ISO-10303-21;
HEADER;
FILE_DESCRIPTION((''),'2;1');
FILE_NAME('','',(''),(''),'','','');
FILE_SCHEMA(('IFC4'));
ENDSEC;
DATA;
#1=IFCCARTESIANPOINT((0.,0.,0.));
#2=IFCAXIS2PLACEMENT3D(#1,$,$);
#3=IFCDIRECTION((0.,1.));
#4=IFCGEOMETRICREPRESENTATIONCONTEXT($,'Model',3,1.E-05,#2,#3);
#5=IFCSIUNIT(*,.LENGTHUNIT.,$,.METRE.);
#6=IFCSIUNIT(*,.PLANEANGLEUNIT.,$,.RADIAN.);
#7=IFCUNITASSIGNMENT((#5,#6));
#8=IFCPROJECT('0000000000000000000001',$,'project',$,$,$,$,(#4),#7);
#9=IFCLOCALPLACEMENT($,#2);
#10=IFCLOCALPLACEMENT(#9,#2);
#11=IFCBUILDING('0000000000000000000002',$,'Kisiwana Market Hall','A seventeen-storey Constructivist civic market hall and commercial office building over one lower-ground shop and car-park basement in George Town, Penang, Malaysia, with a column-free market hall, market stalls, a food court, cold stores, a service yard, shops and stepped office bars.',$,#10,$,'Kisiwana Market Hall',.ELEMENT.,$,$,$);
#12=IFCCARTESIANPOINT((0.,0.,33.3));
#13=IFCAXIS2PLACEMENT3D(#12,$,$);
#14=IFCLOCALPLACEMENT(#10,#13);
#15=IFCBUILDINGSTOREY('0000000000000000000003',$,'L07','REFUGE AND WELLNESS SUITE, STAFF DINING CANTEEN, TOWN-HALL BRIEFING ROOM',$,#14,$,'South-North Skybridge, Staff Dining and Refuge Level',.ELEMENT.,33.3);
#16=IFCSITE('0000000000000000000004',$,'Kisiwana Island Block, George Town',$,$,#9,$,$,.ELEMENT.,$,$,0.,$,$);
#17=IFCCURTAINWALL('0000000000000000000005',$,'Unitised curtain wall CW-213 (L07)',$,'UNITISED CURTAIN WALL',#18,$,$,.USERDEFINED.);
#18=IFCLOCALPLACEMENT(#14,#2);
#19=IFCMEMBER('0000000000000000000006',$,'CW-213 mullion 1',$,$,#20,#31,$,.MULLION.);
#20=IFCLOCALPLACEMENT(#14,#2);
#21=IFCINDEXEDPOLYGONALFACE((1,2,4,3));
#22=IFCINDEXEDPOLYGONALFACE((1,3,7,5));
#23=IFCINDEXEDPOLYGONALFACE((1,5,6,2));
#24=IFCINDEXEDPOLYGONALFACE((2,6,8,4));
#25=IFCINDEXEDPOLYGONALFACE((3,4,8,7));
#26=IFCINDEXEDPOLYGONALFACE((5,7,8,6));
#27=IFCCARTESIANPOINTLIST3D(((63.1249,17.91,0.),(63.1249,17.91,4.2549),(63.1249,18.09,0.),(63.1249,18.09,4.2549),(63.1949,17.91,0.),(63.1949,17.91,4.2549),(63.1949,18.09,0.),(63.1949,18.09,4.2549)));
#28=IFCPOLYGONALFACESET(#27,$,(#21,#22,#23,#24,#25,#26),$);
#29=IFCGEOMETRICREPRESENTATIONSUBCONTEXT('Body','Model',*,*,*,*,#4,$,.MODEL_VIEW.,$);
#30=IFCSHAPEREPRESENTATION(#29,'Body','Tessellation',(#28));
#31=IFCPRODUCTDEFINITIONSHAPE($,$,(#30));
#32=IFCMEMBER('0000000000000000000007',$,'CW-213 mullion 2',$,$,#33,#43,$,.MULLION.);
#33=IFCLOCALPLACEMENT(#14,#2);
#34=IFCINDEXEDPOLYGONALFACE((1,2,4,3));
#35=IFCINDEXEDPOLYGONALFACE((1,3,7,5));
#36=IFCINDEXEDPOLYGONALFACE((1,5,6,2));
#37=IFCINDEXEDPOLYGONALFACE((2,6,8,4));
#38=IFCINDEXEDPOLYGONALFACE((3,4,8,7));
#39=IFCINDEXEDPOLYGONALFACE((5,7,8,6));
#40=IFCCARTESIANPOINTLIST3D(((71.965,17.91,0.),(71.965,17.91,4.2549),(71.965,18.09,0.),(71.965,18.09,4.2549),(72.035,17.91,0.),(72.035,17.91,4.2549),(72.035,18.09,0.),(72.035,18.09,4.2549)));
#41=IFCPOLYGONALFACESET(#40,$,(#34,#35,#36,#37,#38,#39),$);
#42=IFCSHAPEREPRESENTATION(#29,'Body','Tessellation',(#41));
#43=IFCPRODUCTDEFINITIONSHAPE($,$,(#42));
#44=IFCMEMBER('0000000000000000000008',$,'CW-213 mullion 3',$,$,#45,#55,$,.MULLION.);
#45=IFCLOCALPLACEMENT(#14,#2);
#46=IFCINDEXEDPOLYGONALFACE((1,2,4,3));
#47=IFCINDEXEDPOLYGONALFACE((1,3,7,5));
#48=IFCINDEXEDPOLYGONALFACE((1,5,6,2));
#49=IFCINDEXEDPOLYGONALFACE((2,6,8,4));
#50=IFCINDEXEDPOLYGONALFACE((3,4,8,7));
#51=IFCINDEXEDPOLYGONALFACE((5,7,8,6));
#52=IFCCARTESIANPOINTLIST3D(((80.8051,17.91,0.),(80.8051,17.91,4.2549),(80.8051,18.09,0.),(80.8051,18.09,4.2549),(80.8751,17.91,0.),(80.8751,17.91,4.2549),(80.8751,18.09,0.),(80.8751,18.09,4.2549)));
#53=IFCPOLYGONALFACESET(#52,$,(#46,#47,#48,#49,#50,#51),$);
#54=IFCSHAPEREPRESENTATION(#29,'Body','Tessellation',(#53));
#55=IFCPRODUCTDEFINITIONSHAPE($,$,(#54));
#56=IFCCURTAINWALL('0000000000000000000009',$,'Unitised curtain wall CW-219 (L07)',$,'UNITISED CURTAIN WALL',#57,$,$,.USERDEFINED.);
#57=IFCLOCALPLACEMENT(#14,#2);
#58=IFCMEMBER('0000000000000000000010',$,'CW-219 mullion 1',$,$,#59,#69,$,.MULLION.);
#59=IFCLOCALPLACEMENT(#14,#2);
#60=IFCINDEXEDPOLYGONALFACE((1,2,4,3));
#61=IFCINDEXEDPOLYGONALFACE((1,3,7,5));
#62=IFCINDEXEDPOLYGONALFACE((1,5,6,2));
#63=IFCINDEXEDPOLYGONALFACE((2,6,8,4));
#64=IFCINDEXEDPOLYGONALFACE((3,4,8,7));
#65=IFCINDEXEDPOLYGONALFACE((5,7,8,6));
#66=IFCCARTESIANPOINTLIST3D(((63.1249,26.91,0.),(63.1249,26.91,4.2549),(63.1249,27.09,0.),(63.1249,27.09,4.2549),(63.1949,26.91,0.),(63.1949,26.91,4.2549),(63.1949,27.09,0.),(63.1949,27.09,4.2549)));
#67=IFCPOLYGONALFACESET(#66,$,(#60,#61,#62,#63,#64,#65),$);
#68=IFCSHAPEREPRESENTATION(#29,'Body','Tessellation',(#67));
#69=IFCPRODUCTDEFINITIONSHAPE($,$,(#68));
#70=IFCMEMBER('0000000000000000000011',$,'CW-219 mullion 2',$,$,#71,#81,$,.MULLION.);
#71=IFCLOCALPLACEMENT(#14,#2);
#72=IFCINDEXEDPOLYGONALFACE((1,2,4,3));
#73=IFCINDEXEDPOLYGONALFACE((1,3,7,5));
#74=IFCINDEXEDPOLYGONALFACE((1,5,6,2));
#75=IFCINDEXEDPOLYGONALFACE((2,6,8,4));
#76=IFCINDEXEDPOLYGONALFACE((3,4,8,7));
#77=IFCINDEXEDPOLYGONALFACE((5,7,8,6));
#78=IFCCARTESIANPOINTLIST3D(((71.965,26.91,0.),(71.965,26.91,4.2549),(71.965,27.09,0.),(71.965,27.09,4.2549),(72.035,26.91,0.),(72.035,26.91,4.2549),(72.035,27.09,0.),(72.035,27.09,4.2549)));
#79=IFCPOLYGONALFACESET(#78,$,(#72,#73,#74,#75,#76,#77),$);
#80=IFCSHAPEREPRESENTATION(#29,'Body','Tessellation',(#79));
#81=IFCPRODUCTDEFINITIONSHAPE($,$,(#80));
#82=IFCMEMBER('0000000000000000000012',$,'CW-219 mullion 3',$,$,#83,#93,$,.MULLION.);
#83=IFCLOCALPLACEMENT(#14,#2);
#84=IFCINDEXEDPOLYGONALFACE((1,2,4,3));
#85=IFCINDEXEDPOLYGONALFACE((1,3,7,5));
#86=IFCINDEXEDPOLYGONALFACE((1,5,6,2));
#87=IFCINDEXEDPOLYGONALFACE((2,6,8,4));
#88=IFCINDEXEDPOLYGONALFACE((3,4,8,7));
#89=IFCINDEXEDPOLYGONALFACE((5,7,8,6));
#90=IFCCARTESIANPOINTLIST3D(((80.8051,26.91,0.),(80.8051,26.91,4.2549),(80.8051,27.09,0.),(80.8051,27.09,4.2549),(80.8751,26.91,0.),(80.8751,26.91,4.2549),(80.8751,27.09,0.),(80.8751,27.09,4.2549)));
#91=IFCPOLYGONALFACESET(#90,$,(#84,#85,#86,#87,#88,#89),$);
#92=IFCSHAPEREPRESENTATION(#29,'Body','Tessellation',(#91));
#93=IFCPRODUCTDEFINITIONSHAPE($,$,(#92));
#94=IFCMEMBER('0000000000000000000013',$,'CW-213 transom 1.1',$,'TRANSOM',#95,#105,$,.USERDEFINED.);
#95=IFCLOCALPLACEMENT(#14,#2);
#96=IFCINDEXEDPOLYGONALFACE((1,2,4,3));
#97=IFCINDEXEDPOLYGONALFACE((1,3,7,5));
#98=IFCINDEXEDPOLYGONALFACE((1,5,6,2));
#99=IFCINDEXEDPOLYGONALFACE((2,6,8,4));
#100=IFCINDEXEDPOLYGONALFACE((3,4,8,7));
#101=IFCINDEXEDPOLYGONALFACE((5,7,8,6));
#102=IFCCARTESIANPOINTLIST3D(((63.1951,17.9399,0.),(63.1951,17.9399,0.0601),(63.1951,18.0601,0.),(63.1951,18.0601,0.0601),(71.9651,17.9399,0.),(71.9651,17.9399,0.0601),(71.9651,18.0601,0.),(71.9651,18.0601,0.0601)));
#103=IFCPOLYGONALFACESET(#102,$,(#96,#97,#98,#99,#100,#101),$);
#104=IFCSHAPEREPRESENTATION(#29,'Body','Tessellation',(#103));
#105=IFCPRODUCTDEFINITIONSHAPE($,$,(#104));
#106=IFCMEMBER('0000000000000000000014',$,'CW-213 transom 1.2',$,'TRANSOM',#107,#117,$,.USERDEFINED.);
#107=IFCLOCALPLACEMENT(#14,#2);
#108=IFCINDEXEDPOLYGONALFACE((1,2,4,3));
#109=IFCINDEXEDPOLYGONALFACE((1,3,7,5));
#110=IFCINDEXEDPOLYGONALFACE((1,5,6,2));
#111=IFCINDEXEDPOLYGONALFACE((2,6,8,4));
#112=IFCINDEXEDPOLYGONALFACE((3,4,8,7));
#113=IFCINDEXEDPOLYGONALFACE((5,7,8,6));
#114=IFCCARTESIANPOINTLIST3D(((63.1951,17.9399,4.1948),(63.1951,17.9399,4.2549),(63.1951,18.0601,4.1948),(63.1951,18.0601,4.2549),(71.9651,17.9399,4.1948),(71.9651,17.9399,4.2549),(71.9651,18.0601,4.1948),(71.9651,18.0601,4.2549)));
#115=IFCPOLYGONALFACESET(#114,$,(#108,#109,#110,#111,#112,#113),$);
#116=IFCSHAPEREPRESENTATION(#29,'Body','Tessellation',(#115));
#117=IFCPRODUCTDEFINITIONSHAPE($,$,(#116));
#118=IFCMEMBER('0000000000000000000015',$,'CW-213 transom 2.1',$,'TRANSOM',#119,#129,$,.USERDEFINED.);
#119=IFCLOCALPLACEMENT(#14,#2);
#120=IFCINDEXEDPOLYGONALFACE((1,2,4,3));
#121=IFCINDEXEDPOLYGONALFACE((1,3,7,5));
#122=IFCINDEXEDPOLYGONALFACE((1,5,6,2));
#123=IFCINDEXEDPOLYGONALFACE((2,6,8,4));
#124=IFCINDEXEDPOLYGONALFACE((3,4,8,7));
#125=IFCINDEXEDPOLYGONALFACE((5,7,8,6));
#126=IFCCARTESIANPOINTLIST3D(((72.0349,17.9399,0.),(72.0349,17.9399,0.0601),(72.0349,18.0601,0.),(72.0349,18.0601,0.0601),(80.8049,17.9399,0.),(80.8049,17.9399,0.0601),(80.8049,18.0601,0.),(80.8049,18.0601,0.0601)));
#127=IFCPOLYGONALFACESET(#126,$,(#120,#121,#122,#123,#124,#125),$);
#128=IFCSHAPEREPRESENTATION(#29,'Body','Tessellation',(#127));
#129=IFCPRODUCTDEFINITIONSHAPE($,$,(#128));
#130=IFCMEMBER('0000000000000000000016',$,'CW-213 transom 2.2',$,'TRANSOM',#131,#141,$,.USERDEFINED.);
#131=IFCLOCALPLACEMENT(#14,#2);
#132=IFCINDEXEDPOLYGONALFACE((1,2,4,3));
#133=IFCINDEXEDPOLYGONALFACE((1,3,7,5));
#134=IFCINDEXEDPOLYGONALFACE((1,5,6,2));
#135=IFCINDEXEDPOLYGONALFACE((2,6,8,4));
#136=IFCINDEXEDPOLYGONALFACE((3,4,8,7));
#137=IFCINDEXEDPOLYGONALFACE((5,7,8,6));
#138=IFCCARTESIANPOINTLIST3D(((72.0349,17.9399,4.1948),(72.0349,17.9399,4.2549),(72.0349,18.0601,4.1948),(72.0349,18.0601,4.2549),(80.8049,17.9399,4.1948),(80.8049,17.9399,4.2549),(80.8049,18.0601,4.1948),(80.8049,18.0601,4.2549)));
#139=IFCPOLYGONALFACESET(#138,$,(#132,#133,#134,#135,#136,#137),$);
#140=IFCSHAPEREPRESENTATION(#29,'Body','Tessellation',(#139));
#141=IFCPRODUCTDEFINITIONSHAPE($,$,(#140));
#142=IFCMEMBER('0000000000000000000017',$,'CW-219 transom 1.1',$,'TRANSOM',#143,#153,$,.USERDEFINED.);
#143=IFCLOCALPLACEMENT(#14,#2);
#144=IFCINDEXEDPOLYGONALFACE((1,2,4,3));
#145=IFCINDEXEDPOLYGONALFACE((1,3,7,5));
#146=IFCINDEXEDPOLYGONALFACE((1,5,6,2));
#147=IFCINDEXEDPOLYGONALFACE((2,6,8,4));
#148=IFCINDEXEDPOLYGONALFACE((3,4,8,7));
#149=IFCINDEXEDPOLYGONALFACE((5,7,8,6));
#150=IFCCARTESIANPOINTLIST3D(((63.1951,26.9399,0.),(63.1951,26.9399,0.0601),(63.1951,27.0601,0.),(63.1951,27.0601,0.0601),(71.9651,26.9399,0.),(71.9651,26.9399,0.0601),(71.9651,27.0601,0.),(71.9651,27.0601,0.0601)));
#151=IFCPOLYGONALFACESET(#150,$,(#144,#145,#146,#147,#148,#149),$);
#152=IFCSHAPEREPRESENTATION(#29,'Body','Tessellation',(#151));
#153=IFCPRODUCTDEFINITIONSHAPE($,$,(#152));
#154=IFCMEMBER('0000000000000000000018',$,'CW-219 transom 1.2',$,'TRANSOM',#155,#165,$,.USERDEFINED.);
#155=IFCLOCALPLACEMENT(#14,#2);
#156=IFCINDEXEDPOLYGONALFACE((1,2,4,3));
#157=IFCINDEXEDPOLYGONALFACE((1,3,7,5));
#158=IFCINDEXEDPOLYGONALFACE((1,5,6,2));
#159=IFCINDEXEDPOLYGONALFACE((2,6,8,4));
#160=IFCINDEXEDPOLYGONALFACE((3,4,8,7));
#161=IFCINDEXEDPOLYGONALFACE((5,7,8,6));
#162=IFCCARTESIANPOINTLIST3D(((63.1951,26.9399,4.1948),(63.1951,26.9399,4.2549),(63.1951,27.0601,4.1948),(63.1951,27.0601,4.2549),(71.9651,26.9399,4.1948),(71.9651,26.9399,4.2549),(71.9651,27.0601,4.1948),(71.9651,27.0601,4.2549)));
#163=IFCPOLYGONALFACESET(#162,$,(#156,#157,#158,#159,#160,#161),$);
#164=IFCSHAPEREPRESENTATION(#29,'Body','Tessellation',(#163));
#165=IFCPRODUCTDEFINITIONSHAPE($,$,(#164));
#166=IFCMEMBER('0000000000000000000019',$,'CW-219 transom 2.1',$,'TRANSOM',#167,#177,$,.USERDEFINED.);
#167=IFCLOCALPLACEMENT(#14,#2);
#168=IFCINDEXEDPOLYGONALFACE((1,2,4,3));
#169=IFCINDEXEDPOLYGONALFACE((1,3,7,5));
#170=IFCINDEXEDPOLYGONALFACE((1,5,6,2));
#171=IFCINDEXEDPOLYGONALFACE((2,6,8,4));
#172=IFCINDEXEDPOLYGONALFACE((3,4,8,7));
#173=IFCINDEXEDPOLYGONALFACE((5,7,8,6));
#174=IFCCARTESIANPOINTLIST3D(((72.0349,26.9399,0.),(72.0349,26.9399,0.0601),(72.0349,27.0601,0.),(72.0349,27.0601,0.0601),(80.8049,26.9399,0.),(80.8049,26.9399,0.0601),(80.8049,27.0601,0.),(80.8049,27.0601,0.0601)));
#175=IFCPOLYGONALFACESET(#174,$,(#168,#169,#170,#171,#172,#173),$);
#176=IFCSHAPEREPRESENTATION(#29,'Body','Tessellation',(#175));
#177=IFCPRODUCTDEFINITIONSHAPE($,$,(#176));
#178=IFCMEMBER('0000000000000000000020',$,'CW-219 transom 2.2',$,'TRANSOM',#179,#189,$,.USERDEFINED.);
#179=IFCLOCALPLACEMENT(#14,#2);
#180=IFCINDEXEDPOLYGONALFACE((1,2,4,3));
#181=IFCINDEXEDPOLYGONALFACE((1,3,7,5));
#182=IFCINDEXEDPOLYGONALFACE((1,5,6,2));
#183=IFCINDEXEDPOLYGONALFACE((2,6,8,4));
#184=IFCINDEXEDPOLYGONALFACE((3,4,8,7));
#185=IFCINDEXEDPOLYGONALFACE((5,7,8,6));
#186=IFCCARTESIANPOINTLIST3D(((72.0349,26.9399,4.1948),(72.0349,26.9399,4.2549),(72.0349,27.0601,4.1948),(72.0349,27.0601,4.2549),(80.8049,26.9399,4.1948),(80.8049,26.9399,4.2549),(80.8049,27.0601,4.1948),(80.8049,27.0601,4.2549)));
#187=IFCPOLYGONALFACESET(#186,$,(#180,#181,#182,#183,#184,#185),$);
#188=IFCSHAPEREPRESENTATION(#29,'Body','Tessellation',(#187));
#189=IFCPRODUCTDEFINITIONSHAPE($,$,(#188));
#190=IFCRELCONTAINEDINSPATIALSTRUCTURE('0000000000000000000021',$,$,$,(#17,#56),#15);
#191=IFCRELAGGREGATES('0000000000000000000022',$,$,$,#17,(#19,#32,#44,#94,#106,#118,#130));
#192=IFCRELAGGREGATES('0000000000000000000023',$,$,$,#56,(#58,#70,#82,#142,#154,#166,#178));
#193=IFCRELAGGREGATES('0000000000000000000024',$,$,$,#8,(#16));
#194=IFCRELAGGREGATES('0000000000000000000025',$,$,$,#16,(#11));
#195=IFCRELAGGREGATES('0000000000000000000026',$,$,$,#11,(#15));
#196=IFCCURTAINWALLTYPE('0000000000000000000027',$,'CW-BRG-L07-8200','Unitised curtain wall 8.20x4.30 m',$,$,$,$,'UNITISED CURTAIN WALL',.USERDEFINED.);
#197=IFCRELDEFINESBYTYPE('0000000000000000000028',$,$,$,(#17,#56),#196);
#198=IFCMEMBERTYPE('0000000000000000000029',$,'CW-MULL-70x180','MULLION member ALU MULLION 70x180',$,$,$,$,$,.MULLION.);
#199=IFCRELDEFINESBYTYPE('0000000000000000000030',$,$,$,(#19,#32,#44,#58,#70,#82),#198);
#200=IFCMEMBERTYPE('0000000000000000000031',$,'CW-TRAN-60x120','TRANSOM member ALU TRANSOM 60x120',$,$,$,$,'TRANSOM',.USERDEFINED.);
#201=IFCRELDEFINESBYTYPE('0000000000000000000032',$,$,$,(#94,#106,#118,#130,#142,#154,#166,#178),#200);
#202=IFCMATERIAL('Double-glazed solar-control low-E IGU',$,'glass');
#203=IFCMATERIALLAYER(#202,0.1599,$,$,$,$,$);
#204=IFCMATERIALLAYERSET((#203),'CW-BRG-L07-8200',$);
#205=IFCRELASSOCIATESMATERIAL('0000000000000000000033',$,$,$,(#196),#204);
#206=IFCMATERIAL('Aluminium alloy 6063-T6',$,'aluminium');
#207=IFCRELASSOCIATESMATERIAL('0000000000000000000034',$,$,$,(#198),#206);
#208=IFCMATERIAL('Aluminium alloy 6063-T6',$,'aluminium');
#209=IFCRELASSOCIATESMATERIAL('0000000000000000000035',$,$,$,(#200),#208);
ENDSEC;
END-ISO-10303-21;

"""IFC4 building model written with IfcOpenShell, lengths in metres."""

from ifc_helpers import new_model, si_unit, direction, frame, origin, origin_2d, place, context, subcontext, project, spatial, rectangle, extrude, material, layer, layer_set, material_profile, profile_set, type_object, element, aggregate, save


model = new_model("IFC4")

# Units and contexts
model_context = context("Model", 3, precision=1e-05, world=origin(), true_north=direction((0.0, 1.0)))
body_context = subcontext(model_context, "Body", "Model", "MODEL_VIEW")
ifc_project = project(units=[si_unit("LENGTHUNIT", "METRE"), si_unit("PLANEANGLEUNIT", "RADIAN")], contexts=[model_context])

# Site, building, storey
site_placement = place(None, origin())
site = spatial("IfcSite", under=ifc_project, at=site_placement, Name="Kisiwana Island Block, George Town", CompositionType="ELEMENT", RefElevation=0.0)
building_placement = place(site_placement, origin())
building = spatial("IfcBuilding", under=site, at=building_placement, Name="Kisiwana Market Hall", Description="A seventeen-storey Constructivist civic market hall and commercial office building over one lower-ground shop and car-park basement in George Town, Penang, Malaysia, with a column-free market hall, market stalls, a food court, cold stores, a service yard, shops and stepped office bars.", LongName="Kisiwana Market Hall", CompositionType="ELEMENT")
storey_placement = place(building_placement, frame((0.0, 0.0, 33.3)))
storey = spatial("IfcBuildingStorey", under=building, at=storey_placement, Name="L07", Description="REFUGE AND WELLNESS SUITE, STAFF DINING CANTEEN, TOWN-HALL BRIEFING ROOM", LongName="South-North Skybridge, Staff Dining and Refuge Level", CompositionType="ELEMENT", Elevation=33.3)

# Curtain walls, members
ifc_material_1 = material(Name="Double-glazed solar-control low-E IGU", Category="glass")
ifc_layer_1 = layer(ifc_material_1, 0.1599)
ifc_layer_set_1 = layer_set([ifc_layer_1], Name="CW-BRG-L07-8200")
curtain_wall_type = type_object("IfcCurtainWallType", Name="CW-BRG-L07-8200", Description="Unitised curtain wall 8.20x4.30 m", ElementType="UNITISED CURTAIN WALL", PredefinedType="USERDEFINED", material=ifc_layer_set_1)
curtain_wall_1_placement = place(storey_placement, origin())
curtain_wall_1 = element("IfcCurtainWall", 1, at=curtain_wall_1_placement, inside=storey, type_object=curtain_wall_type, Name="Unitised curtain wall CW-213 (L07)", ObjectType="UNITISED CURTAIN WALL", PredefinedType="USERDEFINED")
ifc_material_2 = material(Name="Aluminium alloy 6063-T6", Category="aluminium")
ifc_material_profile_1 = material_profile(ifc_material_2, rectangle(XDim=0.0701, YDim=0.1799, at=origin_2d()), Name="ALU MULLION 70x180")
ifc_profile_set_1 = profile_set([ifc_material_profile_1], Name="Aluminium alloy 6063-T6")
member_type_1 = type_object("IfcMemberType", Name="CW-MULL-70x180", Description="MULLION member ALU MULLION 70x180", PredefinedType="MULLION", material=ifc_profile_set_1)
member_1_placement = place(storey_placement, frame((63.1599, 18.0, 0.0), z_axis=(0.0, 0.0, 1.0), x_axis=(1.0, 0.0, 0.0)))
member_1 = element("IfcMember", 2, at=member_1_placement, type_object=member_type_1, Name="CW-213 mullion 1", PredefinedType="MULLION", context=body_context, shape_type="SweptSolid", body=[
    extrude(rectangle(XDim=0.0701, YDim=0.1799, at=origin_2d()), origin(), (0.0, 0.0, 1.0), 4.2549),
])
member_2_placement = place(storey_placement, frame((72.0, 18.0, 0.0), z_axis=(0.0, 0.0, 1.0), x_axis=(1.0, 0.0, 0.0)))
member_2 = element("IfcMember", 3, at=member_2_placement, type_object=member_type_1, Name="CW-213 mullion 2", PredefinedType="MULLION", context=body_context, shape_type="SweptSolid", body=[
    extrude(rectangle(XDim=0.0701, YDim=0.1799, at=origin_2d()), origin(), (0.0, 0.0, 1.0), 4.2549),
])
member_3_placement = place(storey_placement, frame((80.8401, 18.0, 0.0), z_axis=(0.0, 0.0, 1.0), x_axis=(1.0, 0.0, 0.0)))
member_3 = element("IfcMember", 4, at=member_3_placement, type_object=member_type_1, Name="CW-213 mullion 3", PredefinedType="MULLION", context=body_context, shape_type="SweptSolid", body=[
    extrude(rectangle(XDim=0.0701, YDim=0.1799, at=origin_2d()), origin(), (0.0, 0.0, 1.0), 4.2549),
])
curtain_wall_2_placement = place(storey_placement, origin())
curtain_wall_2 = element("IfcCurtainWall", 5, at=curtain_wall_2_placement, inside=storey, type_object=curtain_wall_type, Name="Unitised curtain wall CW-219 (L07)", ObjectType="UNITISED CURTAIN WALL", PredefinedType="USERDEFINED")
member_4_placement = place(storey_placement, frame((63.1599, 27.0, 0.0), z_axis=(0.0, 0.0, 1.0), x_axis=(1.0, 0.0, 0.0)))
member_4 = element("IfcMember", 6, at=member_4_placement, type_object=member_type_1, Name="CW-219 mullion 1", PredefinedType="MULLION", context=body_context, shape_type="SweptSolid", body=[
    extrude(rectangle(XDim=0.0701, YDim=0.1799, at=origin_2d()), origin(), (0.0, 0.0, 1.0), 4.2549),
])
member_5_placement = place(storey_placement, frame((72.0, 27.0, 0.0), z_axis=(0.0, 0.0, 1.0), x_axis=(1.0, 0.0, 0.0)))
member_5 = element("IfcMember", 7, at=member_5_placement, type_object=member_type_1, Name="CW-219 mullion 2", PredefinedType="MULLION", context=body_context, shape_type="SweptSolid", body=[
    extrude(rectangle(XDim=0.0701, YDim=0.1799, at=origin_2d()), origin(), (0.0, 0.0, 1.0), 4.2549),
])
member_6_placement = place(storey_placement, frame((80.8401, 27.0, 0.0), z_axis=(0.0, 0.0, 1.0), x_axis=(1.0, 0.0, 0.0)))
member_6 = element("IfcMember", 8, at=member_6_placement, type_object=member_type_1, Name="CW-219 mullion 3", PredefinedType="MULLION", context=body_context, shape_type="SweptSolid", body=[
    extrude(rectangle(XDim=0.0701, YDim=0.1799, at=origin_2d()), origin(), (0.0, 0.0, 1.0), 4.2549),
])

# Members
ifc_material_3 = material(Name="Aluminium alloy 6063-T6", Category="aluminium")
ifc_material_profile_2 = material_profile(ifc_material_3, rectangle(XDim=0.1201, YDim=0.0601, at=origin_2d()), Name="ALU TRANSOM 60x120")
ifc_profile_set_2 = profile_set([ifc_material_profile_2], Name="Aluminium alloy 6063-T6")
member_type_2 = type_object("IfcMemberType", Name="CW-TRAN-60x120", Description="TRANSOM member ALU TRANSOM 60x120", ElementType="TRANSOM", PredefinedType="USERDEFINED", material=ifc_profile_set_2)
member_7_placement = place(storey_placement, frame((63.1951, 18.0, 0.03), z_axis=(1.0, 0.0, 0.0), x_axis=(0.0, 1.0, 0.0)))
member_7 = element("IfcMember", 9, at=member_7_placement, type_object=member_type_2, Name="CW-213 transom 1.1", ObjectType="TRANSOM", PredefinedType="USERDEFINED", context=body_context, shape_type="SweptSolid", body=[
    extrude(rectangle(XDim=0.1201, YDim=0.0601, at=origin_2d()), origin(), (0.0, 0.0, 1.0), 8.77),
])
member_8_placement = place(storey_placement, frame((63.1951, 18.0, 4.2249), z_axis=(1.0, 0.0, 0.0), x_axis=(0.0, 1.0, 0.0)))
member_8 = element("IfcMember", 10, at=member_8_placement, type_object=member_type_2, Name="CW-213 transom 1.2", ObjectType="TRANSOM", PredefinedType="USERDEFINED", context=body_context, shape_type="SweptSolid", body=[
    extrude(rectangle(XDim=0.1201, YDim=0.0601, at=origin_2d()), origin(), (0.0, 0.0, 1.0), 8.77),
])
member_9_placement = place(storey_placement, frame((72.0349, 18.0, 0.03), z_axis=(1.0, 0.0, 0.0), x_axis=(0.0, 1.0, 0.0)))
member_9 = element("IfcMember", 11, at=member_9_placement, type_object=member_type_2, Name="CW-213 transom 2.1", ObjectType="TRANSOM", PredefinedType="USERDEFINED", context=body_context, shape_type="SweptSolid", body=[
    extrude(rectangle(XDim=0.1201, YDim=0.0601, at=origin_2d()), origin(), (0.0, 0.0, 1.0), 8.77),
])
member_10_placement = place(storey_placement, frame((72.0349, 18.0, 4.2249), z_axis=(1.0, 0.0, 0.0), x_axis=(0.0, 1.0, 0.0)))
member_10 = element("IfcMember", 12, at=member_10_placement, type_object=member_type_2, Name="CW-213 transom 2.2", ObjectType="TRANSOM", PredefinedType="USERDEFINED", context=body_context, shape_type="SweptSolid", body=[
    extrude(rectangle(XDim=0.1201, YDim=0.0601, at=origin_2d()), origin(), (0.0, 0.0, 1.0), 8.77),
])
member_11_placement = place(storey_placement, frame((63.1951, 27.0, 0.03), z_axis=(1.0, 0.0, 0.0), x_axis=(0.0, 1.0, 0.0)))
member_11 = element("IfcMember", 13, at=member_11_placement, type_object=member_type_2, Name="CW-219 transom 1.1", ObjectType="TRANSOM", PredefinedType="USERDEFINED", context=body_context, shape_type="SweptSolid", body=[
    extrude(rectangle(XDim=0.1201, YDim=0.0601, at=origin_2d()), origin(), (0.0, 0.0, 1.0), 8.77),
])
member_12_placement = place(storey_placement, frame((63.1951, 27.0, 4.2249), z_axis=(1.0, 0.0, 0.0), x_axis=(0.0, 1.0, 0.0)))
member_12 = element("IfcMember", 14, at=member_12_placement, type_object=member_type_2, Name="CW-219 transom 1.2", ObjectType="TRANSOM", PredefinedType="USERDEFINED", context=body_context, shape_type="SweptSolid", body=[
    extrude(rectangle(XDim=0.1201, YDim=0.0601, at=origin_2d()), origin(), (0.0, 0.0, 1.0), 8.77),
])
member_13_placement = place(storey_placement, frame((72.0349, 27.0, 0.03), z_axis=(1.0, 0.0, 0.0), x_axis=(0.0, 1.0, 0.0)))
member_13 = element("IfcMember", 15, at=member_13_placement, type_object=member_type_2, Name="CW-219 transom 2.1", ObjectType="TRANSOM", PredefinedType="USERDEFINED", context=body_context, shape_type="SweptSolid", body=[
    extrude(rectangle(XDim=0.1201, YDim=0.0601, at=origin_2d()), origin(), (0.0, 0.0, 1.0), 8.77),
])
member_14_placement = place(storey_placement, frame((72.0349, 27.0, 4.2249), z_axis=(1.0, 0.0, 0.0), x_axis=(0.0, 1.0, 0.0)))
member_14 = element("IfcMember", 16, at=member_14_placement, type_object=member_type_2, Name="CW-219 transom 2.2", ObjectType="TRANSOM", PredefinedType="USERDEFINED", context=body_context, shape_type="SweptSolid", body=[
    extrude(rectangle(XDim=0.1201, YDim=0.0601, at=origin_2d()), origin(), (0.0, 0.0, 1.0), 8.77),
])

aggregate(curtain_wall_1, [member_1, member_2, member_3, member_7, member_8, member_9, member_10])
aggregate(curtain_wall_2, [member_4, member_5, member_6, member_11, member_12, member_13, member_14])

save(model, "model.ifc")
